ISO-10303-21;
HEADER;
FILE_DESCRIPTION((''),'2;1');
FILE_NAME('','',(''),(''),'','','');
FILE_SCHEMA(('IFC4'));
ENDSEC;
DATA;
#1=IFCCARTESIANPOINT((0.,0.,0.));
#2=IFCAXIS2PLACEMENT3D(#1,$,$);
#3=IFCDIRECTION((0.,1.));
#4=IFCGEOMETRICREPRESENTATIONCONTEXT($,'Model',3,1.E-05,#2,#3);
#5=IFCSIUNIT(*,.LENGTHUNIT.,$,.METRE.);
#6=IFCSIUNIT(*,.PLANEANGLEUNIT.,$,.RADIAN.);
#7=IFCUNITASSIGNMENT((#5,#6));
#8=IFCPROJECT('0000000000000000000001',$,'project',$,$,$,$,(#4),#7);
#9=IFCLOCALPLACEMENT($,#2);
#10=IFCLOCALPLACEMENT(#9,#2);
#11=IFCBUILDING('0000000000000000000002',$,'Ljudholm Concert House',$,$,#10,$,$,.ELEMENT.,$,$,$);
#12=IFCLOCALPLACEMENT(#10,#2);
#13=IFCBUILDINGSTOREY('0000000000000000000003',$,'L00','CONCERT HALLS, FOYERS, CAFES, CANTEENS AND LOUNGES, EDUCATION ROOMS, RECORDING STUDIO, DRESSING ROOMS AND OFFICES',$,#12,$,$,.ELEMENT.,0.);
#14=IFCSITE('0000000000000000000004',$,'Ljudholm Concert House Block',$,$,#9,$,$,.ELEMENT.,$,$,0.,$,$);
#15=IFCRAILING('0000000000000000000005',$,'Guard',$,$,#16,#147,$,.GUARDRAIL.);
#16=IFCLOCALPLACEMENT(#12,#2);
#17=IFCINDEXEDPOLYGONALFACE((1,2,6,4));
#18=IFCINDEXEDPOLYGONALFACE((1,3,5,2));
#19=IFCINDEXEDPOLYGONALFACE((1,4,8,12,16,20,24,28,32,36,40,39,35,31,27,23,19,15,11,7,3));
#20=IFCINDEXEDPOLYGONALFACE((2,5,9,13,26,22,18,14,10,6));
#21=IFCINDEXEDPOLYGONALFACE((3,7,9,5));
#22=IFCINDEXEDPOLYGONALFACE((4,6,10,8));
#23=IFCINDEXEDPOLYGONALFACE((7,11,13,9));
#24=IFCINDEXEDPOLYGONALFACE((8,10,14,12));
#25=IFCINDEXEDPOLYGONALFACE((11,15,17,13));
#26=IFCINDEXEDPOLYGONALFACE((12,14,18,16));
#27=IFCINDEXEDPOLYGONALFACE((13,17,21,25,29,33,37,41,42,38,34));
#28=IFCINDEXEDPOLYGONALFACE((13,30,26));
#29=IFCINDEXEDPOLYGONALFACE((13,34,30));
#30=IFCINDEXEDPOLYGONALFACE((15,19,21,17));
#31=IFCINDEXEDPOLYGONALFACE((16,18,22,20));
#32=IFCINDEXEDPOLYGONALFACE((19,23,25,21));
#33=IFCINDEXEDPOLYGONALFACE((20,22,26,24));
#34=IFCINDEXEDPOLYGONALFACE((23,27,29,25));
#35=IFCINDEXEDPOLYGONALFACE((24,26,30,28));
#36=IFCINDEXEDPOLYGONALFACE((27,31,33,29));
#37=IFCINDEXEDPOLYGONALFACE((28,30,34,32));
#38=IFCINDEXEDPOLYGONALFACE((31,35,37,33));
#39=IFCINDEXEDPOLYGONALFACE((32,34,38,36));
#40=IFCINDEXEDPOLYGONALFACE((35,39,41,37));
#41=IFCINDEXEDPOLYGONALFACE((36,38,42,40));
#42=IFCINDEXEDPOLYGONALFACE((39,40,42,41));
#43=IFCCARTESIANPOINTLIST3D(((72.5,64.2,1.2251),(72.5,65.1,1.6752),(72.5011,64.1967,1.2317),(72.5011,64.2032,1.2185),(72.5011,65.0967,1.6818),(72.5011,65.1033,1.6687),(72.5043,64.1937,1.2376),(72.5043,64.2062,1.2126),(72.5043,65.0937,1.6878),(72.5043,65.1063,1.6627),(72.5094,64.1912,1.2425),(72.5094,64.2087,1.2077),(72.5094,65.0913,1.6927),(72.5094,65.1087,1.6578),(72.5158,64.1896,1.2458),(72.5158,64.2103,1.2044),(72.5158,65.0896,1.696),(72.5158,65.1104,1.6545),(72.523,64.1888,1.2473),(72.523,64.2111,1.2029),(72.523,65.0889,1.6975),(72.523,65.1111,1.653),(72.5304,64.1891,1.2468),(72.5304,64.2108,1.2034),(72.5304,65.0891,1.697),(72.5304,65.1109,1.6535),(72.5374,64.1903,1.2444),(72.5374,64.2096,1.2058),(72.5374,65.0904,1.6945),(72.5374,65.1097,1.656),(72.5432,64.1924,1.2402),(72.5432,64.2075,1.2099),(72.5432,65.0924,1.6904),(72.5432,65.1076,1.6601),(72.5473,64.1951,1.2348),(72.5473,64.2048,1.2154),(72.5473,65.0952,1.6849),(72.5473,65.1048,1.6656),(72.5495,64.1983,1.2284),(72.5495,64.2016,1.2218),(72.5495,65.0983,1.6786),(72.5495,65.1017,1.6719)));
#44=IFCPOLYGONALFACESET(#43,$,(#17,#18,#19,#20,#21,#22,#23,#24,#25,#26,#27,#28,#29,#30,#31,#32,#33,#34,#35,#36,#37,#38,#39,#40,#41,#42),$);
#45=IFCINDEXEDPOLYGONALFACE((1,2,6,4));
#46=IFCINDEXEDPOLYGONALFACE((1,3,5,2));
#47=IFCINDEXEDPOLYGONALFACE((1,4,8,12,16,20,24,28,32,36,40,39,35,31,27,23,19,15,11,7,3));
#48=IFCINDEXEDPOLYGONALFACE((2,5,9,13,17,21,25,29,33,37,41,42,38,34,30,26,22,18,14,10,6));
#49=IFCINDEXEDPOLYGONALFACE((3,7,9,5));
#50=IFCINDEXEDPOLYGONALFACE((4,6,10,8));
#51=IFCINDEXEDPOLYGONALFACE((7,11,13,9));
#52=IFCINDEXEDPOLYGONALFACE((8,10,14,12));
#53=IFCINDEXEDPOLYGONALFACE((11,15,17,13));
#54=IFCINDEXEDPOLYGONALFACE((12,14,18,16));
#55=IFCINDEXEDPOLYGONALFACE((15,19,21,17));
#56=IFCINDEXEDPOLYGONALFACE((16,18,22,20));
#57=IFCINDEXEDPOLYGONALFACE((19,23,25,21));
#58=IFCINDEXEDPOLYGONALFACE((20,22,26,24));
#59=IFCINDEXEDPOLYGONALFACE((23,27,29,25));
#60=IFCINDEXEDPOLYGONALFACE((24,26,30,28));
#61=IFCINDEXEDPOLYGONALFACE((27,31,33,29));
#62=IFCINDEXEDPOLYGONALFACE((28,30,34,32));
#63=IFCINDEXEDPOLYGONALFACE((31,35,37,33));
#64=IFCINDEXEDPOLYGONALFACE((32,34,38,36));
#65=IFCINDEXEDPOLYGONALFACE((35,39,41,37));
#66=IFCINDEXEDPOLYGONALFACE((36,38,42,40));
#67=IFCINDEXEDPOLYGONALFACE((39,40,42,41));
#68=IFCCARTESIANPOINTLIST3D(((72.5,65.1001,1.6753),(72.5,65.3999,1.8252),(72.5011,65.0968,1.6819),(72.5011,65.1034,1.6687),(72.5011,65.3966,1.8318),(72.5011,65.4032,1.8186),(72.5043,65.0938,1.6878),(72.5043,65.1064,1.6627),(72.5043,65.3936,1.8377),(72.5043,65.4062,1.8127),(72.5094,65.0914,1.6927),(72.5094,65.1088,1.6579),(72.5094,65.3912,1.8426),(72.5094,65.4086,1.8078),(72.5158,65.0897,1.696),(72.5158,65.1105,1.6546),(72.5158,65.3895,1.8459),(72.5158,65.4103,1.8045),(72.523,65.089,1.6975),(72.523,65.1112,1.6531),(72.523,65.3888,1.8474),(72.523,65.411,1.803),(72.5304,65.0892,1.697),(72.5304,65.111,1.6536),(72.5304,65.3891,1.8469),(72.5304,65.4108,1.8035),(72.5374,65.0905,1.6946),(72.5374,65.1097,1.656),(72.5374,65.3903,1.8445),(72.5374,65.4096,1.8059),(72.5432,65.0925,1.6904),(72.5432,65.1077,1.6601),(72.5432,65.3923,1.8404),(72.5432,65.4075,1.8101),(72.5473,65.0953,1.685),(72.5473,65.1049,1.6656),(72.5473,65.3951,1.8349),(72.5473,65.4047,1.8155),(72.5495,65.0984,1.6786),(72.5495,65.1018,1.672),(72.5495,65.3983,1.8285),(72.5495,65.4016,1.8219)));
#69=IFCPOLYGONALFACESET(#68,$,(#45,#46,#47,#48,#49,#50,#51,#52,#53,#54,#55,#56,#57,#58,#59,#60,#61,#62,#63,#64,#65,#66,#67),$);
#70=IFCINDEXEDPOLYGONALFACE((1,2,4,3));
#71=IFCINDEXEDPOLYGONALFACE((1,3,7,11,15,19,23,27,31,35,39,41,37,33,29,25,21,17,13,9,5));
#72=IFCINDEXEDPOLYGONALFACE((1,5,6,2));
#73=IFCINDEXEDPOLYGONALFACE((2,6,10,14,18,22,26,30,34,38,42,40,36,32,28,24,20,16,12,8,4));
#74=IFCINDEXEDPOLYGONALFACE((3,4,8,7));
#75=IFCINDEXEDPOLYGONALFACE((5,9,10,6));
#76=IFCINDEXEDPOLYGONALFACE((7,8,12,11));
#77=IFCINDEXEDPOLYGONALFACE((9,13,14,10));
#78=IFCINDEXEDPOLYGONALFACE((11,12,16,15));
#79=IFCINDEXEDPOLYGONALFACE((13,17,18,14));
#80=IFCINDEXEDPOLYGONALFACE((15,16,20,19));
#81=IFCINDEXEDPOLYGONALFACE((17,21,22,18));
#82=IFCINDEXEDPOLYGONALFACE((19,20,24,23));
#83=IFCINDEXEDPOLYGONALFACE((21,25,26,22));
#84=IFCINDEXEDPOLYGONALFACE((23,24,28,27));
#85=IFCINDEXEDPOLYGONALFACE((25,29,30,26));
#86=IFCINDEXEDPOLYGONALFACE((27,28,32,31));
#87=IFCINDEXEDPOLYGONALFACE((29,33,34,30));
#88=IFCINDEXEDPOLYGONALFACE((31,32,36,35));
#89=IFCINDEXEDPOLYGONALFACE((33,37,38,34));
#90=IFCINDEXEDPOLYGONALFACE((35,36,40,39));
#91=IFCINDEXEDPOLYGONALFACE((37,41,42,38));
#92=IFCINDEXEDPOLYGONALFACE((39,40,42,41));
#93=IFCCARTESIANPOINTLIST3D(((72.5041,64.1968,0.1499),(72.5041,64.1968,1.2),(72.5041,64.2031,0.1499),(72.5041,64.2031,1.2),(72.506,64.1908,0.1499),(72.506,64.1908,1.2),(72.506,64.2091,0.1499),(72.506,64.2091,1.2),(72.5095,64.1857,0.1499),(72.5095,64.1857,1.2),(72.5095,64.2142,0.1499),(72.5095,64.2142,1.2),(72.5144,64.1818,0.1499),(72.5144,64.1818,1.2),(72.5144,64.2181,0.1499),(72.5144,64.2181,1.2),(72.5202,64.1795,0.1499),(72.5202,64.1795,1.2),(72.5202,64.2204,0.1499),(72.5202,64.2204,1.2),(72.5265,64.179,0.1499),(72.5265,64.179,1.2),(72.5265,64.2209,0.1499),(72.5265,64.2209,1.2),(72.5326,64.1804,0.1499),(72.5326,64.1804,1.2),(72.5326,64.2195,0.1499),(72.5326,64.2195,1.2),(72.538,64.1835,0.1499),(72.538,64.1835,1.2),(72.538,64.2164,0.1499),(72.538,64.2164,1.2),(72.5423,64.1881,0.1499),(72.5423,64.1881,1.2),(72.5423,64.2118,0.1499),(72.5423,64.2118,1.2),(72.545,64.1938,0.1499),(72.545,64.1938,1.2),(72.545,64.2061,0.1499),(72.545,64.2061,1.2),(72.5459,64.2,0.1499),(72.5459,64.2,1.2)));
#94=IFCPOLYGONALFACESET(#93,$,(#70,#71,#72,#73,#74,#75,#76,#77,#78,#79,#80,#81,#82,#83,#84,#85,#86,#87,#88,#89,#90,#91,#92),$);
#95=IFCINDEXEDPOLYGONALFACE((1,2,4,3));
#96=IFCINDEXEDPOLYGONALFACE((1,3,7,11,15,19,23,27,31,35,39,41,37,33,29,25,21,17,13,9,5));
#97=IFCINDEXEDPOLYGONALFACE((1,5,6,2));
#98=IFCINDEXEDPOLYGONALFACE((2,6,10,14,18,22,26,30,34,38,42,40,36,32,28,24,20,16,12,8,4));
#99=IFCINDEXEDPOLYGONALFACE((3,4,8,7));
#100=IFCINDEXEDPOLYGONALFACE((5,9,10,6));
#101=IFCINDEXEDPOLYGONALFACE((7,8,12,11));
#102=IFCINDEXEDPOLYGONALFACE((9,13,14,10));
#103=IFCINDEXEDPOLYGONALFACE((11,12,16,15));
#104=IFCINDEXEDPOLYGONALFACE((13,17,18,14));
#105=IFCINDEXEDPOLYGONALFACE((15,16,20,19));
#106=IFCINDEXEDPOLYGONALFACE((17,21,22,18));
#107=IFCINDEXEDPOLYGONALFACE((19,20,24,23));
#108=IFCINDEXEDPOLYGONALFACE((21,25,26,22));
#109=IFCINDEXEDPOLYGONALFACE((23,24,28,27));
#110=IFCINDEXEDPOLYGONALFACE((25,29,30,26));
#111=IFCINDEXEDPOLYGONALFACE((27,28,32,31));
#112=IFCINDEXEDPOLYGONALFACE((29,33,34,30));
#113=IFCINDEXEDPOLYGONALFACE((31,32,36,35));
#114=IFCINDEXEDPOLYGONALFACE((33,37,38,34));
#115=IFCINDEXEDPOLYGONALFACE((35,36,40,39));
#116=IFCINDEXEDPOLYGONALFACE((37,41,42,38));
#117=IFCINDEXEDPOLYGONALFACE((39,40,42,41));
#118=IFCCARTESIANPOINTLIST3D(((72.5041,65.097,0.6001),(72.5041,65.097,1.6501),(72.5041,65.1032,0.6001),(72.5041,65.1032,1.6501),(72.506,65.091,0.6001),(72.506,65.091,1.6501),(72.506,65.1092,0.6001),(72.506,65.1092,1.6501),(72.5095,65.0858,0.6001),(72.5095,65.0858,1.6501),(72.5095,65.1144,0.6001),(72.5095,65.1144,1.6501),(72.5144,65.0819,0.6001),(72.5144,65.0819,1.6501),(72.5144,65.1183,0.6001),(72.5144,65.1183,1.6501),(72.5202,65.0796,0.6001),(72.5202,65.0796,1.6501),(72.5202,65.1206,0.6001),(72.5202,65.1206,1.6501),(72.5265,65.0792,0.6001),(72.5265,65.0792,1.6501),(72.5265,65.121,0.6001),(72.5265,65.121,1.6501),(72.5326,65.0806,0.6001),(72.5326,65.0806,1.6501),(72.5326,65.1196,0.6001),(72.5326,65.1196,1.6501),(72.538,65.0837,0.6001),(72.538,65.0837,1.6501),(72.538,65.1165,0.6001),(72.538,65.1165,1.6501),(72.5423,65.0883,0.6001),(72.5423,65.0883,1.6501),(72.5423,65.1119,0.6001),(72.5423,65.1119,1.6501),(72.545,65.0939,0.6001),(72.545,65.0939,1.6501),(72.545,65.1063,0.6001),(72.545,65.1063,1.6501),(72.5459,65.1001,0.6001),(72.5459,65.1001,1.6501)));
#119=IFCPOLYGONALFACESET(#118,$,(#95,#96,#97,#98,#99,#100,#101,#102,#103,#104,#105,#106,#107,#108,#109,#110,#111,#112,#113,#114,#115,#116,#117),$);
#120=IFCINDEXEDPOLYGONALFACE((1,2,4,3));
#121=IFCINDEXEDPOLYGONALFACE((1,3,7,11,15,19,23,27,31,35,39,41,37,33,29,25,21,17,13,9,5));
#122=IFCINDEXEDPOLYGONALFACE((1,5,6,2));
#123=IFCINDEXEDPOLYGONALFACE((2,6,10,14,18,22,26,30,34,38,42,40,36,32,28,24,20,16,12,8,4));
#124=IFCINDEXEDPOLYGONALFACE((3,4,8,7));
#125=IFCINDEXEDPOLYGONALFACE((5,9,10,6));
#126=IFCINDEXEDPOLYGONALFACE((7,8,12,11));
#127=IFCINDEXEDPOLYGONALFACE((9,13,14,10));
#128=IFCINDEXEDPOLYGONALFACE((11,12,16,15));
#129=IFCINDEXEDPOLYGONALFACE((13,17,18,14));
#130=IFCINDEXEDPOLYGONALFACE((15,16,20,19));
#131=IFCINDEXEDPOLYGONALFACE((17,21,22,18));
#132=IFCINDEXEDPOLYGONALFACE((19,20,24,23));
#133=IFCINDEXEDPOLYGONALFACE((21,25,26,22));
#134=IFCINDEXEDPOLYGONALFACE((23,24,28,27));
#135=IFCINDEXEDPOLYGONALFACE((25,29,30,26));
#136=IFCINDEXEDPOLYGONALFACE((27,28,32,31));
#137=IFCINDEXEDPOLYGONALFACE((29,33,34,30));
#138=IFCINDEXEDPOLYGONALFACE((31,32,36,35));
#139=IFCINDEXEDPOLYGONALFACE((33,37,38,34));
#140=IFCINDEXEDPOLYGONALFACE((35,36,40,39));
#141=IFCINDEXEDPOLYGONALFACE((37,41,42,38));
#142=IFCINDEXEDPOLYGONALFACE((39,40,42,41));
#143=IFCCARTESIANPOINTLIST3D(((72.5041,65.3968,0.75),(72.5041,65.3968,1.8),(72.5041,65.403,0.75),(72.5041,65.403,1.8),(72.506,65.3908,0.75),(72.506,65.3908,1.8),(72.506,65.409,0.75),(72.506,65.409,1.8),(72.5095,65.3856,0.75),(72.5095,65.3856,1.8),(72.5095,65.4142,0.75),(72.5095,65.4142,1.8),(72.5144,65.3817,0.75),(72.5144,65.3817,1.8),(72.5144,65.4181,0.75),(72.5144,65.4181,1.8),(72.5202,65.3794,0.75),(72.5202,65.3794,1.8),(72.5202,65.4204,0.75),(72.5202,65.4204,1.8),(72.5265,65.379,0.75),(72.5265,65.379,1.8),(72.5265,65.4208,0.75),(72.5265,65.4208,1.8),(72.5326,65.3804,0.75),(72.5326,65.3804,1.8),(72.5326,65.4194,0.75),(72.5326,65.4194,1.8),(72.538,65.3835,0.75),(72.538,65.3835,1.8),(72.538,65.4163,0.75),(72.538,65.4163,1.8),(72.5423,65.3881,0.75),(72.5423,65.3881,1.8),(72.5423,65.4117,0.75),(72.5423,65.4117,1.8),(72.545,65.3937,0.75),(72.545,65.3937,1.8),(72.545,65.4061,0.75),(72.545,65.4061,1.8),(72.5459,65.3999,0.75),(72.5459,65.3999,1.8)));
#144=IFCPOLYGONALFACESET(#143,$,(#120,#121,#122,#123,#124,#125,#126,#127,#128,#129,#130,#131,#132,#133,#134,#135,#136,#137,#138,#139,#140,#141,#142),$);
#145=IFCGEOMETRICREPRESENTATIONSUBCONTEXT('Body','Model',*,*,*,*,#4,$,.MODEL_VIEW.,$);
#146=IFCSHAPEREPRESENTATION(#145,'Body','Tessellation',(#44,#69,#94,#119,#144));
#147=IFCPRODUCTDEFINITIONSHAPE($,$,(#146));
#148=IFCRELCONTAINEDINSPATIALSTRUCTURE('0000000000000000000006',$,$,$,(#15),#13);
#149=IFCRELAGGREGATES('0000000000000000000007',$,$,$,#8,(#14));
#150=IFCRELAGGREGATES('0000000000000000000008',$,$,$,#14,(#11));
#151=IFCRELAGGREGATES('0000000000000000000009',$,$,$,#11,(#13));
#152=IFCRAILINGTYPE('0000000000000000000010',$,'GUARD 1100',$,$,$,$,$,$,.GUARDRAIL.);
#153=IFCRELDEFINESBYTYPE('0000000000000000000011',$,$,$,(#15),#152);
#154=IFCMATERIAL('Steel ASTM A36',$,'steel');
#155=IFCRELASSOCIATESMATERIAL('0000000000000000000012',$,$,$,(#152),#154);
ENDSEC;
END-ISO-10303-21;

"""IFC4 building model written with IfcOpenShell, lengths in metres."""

from ifc_helpers import new_model, si_unit, direction, frame, origin, origin_2d, place, context, subcontext, project, spatial, circle, extrude, material, type_object, element, save


model = new_model("IFC4")

# Units and contexts
model_context = context("Model", 3, precision=1e-05, world=origin(), true_north=direction((0.0, 1.0)))
body_context = subcontext(model_context, "Body", "Model", "MODEL_VIEW")
ifc_project = project(units=[si_unit("LENGTHUNIT", "METRE"), si_unit("PLANEANGLEUNIT", "RADIAN")], contexts=[model_context])

# Site, building, storey
site_placement = place(None, origin())
site = spatial("IfcSite", under=ifc_project, at=site_placement, Name="Ljudholm Concert House Block", CompositionType="ELEMENT", RefElevation=0.0)
building_placement = place(site_placement, origin())
building = spatial("IfcBuilding", under=site, at=building_placement, Name="Ljudholm Concert House", CompositionType="ELEMENT")
storey_placement = place(building_placement, origin())
storey = spatial("IfcBuildingStorey", under=building, at=storey_placement, Name="L00", Description="CONCERT HALLS, FOYERS, CAFES, CANTEENS AND LOUNGES, EDUCATION ROOMS, RECORDING STUDIO, DRESSING ROOMS AND OFFICES", CompositionType="ELEMENT", Elevation=0.0)

# Railing
ifc_material_1 = material(Name="Steel ASTM A36", Category="steel")
railing_type_1 = type_object("IfcRailingType", Name="GUARD 1100", PredefinedType="GUARDRAIL", material=ifc_material_1)
railing_1_placement = place(storey_placement, frame((72.5249, 64.2, 0.1499)))
element("IfcRailing", 1, at=railing_1_placement, inside=storey, type_object=railing_type_1, Name="Guard", PredefinedType="GUARDRAIL", context=body_context, shape_type="SweptSolid", body=[
    extrude(circle(Radius=0.0249, at=origin_2d()), frame((0.0, 0.0, 1.0752), z_axis=(0.0, 0.894379, 0.447311), x_axis=(-1.0, 0.0, 0.0)), (0.0, 0.0, 1.0), 1.0063),
    extrude(circle(Radius=0.0249, at=origin_2d()), frame((0.0, 0.9001, 1.5254), z_axis=(0.0, 0.894427, 0.447214), x_axis=(-1.0, 0.0, 0.0)), (0.0, 0.0, 1.0), 0.3352),
    extrude(circle(Radius=0.021, at=origin_2d()), origin(), (0.0, 0.0, 1.0), 1.05),
    extrude(circle(Radius=0.021, at=origin_2d()), frame((0.0, 0.9001, 0.4502)), (0.0, 0.0, 1.0), 1.05),
    extrude(circle(Radius=0.021, at=origin_2d()), frame((0.0, 1.2, 0.6001)), (0.0, 0.0, 1.0), 1.05),
])

save(model, "model.ifc")
